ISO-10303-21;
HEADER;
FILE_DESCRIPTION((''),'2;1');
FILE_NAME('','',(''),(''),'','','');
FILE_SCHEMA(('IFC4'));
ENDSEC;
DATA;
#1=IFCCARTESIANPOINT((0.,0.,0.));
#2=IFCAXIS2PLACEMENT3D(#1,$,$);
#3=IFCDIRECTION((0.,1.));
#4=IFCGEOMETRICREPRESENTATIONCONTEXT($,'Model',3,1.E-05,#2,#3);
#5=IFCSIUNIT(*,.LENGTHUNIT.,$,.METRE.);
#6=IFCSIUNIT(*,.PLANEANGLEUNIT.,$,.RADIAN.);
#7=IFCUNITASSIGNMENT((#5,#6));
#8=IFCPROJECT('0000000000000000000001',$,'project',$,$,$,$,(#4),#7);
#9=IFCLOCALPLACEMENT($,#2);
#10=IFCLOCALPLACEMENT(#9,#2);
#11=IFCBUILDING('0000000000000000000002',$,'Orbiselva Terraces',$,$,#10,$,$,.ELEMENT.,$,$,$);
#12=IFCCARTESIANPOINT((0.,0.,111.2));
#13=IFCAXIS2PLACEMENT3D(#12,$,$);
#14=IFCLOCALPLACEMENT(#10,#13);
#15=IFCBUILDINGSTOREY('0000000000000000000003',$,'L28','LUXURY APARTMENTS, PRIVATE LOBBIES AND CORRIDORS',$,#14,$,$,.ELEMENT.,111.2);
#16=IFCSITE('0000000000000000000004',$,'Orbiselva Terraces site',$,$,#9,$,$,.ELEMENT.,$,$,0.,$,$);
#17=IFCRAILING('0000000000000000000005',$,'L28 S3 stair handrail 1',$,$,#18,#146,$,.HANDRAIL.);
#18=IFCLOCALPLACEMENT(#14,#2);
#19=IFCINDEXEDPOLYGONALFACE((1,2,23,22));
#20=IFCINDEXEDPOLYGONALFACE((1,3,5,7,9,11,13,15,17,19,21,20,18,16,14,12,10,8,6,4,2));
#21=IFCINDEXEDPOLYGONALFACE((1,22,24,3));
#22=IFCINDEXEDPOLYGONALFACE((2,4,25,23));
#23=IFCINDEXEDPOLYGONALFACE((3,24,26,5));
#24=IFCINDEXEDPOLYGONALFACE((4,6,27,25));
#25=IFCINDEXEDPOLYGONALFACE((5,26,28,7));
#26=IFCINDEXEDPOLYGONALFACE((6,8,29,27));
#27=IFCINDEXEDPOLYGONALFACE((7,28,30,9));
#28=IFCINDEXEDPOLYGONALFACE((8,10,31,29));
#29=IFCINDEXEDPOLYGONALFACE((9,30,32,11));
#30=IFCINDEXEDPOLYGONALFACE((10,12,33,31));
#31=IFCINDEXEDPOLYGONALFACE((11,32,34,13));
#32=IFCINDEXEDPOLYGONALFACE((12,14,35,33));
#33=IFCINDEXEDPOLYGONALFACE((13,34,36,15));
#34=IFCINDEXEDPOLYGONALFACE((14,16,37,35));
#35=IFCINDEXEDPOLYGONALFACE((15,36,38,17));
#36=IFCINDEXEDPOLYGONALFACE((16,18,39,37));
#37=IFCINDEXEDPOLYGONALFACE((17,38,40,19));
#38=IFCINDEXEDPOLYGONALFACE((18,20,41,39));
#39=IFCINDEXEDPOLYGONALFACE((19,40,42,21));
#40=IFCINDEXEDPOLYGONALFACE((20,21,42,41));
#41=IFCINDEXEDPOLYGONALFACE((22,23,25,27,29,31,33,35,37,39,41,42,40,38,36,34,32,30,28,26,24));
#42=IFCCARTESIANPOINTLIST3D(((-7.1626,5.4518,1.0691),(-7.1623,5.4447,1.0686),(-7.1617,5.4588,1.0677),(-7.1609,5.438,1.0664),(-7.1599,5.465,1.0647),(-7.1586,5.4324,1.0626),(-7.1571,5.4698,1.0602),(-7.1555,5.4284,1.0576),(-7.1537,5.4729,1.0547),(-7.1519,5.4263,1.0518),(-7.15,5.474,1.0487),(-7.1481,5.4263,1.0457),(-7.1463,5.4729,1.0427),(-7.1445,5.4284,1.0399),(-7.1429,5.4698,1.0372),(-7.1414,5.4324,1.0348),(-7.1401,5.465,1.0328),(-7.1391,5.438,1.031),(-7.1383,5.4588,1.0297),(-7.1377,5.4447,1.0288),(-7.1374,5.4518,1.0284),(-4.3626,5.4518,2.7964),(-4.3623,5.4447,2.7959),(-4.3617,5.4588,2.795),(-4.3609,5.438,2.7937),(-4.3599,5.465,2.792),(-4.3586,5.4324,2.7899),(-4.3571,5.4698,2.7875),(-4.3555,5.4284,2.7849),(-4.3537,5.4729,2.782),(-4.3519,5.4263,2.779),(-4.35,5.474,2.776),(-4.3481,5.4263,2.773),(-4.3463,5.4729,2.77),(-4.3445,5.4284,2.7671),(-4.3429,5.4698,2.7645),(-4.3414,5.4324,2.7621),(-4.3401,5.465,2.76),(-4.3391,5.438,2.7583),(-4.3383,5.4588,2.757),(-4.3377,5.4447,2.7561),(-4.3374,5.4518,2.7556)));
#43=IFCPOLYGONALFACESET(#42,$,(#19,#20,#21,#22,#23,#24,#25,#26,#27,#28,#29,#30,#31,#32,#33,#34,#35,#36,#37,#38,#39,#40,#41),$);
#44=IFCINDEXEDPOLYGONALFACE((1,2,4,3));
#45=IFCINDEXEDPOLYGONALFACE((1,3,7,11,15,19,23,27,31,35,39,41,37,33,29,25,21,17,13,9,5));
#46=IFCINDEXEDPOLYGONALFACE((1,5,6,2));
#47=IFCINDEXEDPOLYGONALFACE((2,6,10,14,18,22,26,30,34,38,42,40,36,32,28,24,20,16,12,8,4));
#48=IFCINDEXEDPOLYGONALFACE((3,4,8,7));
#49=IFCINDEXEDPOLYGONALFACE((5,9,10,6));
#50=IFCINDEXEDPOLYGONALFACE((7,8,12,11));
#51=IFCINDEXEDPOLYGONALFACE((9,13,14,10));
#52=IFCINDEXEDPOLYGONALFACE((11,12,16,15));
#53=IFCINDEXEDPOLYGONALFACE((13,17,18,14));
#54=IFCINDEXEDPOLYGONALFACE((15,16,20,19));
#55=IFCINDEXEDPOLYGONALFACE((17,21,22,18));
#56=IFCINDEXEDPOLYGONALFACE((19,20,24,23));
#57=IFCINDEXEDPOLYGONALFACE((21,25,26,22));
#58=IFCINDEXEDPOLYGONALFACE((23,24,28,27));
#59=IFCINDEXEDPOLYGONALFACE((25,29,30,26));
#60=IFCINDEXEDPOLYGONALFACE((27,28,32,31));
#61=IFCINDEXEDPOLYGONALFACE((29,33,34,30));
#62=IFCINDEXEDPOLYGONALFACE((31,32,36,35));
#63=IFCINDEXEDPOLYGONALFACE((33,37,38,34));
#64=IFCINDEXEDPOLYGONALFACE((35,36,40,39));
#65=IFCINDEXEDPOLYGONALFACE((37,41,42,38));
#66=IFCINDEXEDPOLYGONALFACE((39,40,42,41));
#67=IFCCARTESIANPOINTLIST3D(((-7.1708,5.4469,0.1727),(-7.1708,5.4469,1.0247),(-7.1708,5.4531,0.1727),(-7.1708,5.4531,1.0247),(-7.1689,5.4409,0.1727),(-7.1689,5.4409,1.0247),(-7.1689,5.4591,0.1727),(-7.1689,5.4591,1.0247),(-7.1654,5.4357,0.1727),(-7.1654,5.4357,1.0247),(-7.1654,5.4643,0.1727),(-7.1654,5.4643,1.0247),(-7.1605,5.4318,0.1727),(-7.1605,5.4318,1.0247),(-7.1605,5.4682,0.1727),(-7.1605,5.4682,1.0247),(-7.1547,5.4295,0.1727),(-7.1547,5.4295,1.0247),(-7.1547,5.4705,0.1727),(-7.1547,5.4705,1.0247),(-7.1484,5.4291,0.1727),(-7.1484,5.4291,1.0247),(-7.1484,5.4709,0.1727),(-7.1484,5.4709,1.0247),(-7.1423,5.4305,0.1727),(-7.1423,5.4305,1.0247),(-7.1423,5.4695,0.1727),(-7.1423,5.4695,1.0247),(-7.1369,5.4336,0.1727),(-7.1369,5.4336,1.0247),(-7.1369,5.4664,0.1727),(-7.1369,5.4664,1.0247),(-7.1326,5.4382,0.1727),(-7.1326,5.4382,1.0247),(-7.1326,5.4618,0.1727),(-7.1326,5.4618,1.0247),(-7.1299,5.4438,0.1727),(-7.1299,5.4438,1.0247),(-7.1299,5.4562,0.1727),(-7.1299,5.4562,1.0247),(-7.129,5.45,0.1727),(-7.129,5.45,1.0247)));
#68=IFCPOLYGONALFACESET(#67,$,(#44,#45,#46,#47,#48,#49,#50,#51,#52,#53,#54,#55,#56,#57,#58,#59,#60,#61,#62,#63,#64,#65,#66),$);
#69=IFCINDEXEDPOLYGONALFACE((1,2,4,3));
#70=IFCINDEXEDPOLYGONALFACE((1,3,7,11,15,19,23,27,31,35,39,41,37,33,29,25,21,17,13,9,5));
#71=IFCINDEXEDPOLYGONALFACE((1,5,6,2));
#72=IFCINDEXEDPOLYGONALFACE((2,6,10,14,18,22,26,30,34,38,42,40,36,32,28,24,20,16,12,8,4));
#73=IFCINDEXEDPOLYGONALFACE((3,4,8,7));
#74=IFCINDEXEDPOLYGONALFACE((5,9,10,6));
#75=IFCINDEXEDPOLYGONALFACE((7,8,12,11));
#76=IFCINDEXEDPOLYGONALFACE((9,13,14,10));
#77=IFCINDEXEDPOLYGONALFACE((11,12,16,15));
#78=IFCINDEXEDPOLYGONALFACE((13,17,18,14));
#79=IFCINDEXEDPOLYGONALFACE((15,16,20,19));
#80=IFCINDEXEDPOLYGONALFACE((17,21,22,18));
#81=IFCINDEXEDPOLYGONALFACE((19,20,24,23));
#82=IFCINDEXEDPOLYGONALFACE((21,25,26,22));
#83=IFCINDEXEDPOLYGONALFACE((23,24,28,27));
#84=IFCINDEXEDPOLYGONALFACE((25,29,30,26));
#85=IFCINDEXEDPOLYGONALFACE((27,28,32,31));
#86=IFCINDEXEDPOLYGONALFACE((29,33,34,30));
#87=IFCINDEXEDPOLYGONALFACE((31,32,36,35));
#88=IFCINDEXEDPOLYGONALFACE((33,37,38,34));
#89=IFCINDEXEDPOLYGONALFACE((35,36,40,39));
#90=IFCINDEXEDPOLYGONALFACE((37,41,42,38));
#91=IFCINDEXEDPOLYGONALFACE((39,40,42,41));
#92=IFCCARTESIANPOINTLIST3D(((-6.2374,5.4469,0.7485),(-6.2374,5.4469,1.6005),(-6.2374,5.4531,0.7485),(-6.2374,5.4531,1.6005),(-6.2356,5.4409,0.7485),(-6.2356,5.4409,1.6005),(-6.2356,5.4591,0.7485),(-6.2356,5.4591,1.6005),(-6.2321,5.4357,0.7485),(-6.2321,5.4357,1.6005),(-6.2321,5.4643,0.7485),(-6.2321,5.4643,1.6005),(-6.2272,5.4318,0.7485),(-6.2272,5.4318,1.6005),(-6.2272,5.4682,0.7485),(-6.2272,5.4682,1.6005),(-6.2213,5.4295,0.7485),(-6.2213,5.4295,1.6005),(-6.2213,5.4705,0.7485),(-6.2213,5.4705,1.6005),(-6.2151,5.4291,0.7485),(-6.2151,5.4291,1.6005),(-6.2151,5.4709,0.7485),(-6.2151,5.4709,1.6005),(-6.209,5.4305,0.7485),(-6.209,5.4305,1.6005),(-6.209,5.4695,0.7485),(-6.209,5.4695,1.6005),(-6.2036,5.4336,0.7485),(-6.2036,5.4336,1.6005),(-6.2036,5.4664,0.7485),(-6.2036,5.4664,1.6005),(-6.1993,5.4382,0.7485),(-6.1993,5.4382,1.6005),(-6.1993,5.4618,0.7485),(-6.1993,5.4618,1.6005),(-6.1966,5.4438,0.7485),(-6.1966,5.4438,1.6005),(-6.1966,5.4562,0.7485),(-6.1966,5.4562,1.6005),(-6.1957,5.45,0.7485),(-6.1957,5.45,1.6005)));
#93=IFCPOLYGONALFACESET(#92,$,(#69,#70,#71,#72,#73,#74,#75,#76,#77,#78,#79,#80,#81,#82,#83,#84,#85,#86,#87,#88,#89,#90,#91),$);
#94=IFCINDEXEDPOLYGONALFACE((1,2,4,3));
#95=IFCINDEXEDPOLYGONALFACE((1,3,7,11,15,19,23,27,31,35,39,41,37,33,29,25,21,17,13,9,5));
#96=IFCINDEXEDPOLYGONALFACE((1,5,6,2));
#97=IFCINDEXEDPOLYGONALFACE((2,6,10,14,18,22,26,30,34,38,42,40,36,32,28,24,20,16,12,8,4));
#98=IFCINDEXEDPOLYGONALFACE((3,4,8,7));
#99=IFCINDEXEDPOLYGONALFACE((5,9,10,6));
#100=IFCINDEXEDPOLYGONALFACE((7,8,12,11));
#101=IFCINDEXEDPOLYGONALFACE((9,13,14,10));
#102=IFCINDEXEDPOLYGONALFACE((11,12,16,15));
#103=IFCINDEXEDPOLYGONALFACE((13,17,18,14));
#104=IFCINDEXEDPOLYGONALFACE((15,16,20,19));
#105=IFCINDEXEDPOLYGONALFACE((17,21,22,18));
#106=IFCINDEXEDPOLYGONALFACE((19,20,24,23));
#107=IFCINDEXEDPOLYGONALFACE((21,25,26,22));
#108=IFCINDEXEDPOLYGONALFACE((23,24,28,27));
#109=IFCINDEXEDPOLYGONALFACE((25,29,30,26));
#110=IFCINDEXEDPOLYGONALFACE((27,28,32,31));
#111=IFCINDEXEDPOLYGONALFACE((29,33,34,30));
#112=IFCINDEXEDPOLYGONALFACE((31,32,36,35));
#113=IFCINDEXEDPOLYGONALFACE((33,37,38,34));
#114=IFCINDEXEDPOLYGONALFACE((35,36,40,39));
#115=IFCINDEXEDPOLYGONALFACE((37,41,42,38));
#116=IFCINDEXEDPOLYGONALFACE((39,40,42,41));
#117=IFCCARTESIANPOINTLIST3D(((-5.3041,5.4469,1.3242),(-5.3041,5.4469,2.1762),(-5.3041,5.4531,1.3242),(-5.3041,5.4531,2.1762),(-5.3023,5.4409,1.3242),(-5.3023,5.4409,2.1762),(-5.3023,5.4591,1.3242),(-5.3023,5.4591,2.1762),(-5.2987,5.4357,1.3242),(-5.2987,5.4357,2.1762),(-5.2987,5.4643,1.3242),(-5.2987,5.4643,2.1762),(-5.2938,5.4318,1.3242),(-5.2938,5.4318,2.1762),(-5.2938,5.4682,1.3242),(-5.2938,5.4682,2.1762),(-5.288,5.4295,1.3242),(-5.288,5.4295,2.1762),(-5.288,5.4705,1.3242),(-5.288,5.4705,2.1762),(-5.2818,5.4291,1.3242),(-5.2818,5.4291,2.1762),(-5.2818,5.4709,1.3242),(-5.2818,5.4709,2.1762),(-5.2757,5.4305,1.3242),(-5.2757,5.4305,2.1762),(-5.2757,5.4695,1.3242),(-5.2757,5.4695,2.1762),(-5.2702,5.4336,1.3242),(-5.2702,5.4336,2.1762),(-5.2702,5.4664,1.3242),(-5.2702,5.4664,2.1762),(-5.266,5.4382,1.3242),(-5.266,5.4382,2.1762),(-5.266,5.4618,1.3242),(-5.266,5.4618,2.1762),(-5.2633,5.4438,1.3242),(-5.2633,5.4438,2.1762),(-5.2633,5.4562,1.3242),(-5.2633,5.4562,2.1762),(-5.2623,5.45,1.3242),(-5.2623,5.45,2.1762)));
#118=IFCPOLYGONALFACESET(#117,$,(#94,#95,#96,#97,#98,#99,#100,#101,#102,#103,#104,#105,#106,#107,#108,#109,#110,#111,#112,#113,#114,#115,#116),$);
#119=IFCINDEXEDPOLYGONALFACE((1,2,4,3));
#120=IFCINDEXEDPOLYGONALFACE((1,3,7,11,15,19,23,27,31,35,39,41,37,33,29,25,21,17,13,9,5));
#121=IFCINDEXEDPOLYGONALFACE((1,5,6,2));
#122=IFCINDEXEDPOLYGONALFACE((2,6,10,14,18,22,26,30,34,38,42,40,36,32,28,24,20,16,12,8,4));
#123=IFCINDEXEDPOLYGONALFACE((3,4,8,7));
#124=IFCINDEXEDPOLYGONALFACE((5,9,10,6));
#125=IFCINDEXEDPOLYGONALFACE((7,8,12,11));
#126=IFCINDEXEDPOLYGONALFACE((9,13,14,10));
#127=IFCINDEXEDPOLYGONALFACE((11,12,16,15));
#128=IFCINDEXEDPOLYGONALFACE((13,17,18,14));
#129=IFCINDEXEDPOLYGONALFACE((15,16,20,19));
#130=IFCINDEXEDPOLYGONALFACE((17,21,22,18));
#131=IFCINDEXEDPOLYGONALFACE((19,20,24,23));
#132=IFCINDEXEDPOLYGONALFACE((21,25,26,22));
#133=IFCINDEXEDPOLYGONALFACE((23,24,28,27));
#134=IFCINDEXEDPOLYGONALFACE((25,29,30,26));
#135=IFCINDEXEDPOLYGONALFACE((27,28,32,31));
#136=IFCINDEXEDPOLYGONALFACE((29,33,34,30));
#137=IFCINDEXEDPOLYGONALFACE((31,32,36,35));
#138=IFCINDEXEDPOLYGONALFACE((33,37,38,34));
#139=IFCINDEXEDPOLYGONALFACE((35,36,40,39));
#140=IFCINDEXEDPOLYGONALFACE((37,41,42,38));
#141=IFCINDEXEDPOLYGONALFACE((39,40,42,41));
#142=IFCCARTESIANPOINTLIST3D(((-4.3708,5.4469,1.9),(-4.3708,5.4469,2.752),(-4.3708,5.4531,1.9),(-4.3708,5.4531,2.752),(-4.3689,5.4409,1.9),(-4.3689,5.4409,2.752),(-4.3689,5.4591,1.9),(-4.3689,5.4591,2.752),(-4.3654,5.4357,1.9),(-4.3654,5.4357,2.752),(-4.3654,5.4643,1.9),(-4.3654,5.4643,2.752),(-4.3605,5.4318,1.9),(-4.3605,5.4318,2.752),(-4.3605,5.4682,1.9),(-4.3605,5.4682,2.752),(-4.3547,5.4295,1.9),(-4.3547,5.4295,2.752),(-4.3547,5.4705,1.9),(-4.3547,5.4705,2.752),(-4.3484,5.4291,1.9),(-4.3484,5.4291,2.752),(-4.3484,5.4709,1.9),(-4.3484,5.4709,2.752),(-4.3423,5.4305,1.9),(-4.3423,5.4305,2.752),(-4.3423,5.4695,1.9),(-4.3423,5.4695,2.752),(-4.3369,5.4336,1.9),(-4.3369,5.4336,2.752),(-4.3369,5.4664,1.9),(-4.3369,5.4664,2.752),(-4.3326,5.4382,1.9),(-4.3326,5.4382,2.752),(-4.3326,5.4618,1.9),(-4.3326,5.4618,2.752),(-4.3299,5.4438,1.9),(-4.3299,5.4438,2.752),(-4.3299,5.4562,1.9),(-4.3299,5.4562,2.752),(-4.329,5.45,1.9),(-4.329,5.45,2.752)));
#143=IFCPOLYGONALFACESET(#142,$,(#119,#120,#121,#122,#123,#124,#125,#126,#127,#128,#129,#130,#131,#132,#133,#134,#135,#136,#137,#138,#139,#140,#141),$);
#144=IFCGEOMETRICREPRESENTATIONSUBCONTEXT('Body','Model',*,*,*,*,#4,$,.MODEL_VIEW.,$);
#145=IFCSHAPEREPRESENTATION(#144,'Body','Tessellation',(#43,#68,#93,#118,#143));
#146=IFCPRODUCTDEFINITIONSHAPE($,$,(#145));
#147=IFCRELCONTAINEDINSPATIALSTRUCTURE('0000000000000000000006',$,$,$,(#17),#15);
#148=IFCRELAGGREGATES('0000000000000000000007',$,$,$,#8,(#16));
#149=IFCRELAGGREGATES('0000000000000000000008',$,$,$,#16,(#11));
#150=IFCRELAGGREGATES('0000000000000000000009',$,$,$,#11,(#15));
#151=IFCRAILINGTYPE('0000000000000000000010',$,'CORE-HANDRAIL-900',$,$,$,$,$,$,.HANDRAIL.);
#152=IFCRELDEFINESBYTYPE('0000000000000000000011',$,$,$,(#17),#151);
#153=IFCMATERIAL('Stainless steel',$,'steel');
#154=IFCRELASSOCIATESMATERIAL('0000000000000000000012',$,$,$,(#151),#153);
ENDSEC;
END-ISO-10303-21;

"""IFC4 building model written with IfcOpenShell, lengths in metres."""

from ifc_helpers import new_model, si_unit, direction, frame, origin, origin_2d, place, context, subcontext, project, spatial, circle, extrude, material, type_object, element, save


model = new_model("IFC4")

# Units and contexts
model_context = context("Model", 3, precision=1e-05, world=origin(), true_north=direction((0.0, 1.0)))
body_context = subcontext(model_context, "Body", "Model", "MODEL_VIEW")
ifc_project = project(units=[si_unit("LENGTHUNIT", "METRE"), si_unit("PLANEANGLEUNIT", "RADIAN")], contexts=[model_context])

# Site, building, storey
site_placement = place(None, origin())
site = spatial("IfcSite", under=ifc_project, at=site_placement, Name="Orbiselva Terraces site", CompositionType="ELEMENT", RefElevation=0.0)
building_placement = place(site_placement, origin())
building = spatial("IfcBuilding", under=site, at=building_placement, Name="Orbiselva Terraces", CompositionType="ELEMENT")
storey_placement = place(building_placement, frame((0.0, 0.0, 111.2)))
storey = spatial("IfcBuildingStorey", under=building, at=storey_placement, Name="L28", Description="LUXURY APARTMENTS, PRIVATE LOBBIES AND CORRIDORS", CompositionType="ELEMENT", Elevation=111.2)

# Railing
ifc_material_1 = material(Name="Stainless steel", Category="steel")
railing_type_1 = type_object("IfcRailingType", Name="CORE-HANDRAIL-900", PredefinedType="HANDRAIL", material=ifc_material_1)
railing_1_placement = place(storey_placement, frame((-7.15, 5.45, 0.1727)))
element("IfcRailing", 1, at=railing_1_placement, inside=storey, type_object=railing_type_1, Name="L28 S3 stair handrail 1", PredefinedType="HANDRAIL", context=body_context, shape_type="SweptSolid", body=[
    extrude(circle(Radius=0.024, at=origin_2d()), frame((0.0, 0.0, 0.876), z_axis=(0.851089, 0.0, 0.525022), x_axis=(0.0, 1.0, 0.0)), (0.0, 0.0, 1.0), 3.2899),
    extrude(circle(Radius=0.021, at=origin_2d()), origin(), (0.0, 0.0, 1.0), 0.852),
    extrude(circle(Radius=0.021, at=origin_2d()), frame((0.9333, 0.0, 0.5758)), (0.0, 0.0, 1.0), 0.852),
    extrude(circle(Radius=0.021, at=origin_2d()), frame((1.8667, 0.0, 1.1515)), (0.0, 0.0, 1.0), 0.852),
    extrude(circle(Radius=0.021, at=origin_2d()), frame((2.8, 0.0, 1.7273)), (0.0, 0.0, 1.0), 0.852),
])

save(model, "model.ifc")
